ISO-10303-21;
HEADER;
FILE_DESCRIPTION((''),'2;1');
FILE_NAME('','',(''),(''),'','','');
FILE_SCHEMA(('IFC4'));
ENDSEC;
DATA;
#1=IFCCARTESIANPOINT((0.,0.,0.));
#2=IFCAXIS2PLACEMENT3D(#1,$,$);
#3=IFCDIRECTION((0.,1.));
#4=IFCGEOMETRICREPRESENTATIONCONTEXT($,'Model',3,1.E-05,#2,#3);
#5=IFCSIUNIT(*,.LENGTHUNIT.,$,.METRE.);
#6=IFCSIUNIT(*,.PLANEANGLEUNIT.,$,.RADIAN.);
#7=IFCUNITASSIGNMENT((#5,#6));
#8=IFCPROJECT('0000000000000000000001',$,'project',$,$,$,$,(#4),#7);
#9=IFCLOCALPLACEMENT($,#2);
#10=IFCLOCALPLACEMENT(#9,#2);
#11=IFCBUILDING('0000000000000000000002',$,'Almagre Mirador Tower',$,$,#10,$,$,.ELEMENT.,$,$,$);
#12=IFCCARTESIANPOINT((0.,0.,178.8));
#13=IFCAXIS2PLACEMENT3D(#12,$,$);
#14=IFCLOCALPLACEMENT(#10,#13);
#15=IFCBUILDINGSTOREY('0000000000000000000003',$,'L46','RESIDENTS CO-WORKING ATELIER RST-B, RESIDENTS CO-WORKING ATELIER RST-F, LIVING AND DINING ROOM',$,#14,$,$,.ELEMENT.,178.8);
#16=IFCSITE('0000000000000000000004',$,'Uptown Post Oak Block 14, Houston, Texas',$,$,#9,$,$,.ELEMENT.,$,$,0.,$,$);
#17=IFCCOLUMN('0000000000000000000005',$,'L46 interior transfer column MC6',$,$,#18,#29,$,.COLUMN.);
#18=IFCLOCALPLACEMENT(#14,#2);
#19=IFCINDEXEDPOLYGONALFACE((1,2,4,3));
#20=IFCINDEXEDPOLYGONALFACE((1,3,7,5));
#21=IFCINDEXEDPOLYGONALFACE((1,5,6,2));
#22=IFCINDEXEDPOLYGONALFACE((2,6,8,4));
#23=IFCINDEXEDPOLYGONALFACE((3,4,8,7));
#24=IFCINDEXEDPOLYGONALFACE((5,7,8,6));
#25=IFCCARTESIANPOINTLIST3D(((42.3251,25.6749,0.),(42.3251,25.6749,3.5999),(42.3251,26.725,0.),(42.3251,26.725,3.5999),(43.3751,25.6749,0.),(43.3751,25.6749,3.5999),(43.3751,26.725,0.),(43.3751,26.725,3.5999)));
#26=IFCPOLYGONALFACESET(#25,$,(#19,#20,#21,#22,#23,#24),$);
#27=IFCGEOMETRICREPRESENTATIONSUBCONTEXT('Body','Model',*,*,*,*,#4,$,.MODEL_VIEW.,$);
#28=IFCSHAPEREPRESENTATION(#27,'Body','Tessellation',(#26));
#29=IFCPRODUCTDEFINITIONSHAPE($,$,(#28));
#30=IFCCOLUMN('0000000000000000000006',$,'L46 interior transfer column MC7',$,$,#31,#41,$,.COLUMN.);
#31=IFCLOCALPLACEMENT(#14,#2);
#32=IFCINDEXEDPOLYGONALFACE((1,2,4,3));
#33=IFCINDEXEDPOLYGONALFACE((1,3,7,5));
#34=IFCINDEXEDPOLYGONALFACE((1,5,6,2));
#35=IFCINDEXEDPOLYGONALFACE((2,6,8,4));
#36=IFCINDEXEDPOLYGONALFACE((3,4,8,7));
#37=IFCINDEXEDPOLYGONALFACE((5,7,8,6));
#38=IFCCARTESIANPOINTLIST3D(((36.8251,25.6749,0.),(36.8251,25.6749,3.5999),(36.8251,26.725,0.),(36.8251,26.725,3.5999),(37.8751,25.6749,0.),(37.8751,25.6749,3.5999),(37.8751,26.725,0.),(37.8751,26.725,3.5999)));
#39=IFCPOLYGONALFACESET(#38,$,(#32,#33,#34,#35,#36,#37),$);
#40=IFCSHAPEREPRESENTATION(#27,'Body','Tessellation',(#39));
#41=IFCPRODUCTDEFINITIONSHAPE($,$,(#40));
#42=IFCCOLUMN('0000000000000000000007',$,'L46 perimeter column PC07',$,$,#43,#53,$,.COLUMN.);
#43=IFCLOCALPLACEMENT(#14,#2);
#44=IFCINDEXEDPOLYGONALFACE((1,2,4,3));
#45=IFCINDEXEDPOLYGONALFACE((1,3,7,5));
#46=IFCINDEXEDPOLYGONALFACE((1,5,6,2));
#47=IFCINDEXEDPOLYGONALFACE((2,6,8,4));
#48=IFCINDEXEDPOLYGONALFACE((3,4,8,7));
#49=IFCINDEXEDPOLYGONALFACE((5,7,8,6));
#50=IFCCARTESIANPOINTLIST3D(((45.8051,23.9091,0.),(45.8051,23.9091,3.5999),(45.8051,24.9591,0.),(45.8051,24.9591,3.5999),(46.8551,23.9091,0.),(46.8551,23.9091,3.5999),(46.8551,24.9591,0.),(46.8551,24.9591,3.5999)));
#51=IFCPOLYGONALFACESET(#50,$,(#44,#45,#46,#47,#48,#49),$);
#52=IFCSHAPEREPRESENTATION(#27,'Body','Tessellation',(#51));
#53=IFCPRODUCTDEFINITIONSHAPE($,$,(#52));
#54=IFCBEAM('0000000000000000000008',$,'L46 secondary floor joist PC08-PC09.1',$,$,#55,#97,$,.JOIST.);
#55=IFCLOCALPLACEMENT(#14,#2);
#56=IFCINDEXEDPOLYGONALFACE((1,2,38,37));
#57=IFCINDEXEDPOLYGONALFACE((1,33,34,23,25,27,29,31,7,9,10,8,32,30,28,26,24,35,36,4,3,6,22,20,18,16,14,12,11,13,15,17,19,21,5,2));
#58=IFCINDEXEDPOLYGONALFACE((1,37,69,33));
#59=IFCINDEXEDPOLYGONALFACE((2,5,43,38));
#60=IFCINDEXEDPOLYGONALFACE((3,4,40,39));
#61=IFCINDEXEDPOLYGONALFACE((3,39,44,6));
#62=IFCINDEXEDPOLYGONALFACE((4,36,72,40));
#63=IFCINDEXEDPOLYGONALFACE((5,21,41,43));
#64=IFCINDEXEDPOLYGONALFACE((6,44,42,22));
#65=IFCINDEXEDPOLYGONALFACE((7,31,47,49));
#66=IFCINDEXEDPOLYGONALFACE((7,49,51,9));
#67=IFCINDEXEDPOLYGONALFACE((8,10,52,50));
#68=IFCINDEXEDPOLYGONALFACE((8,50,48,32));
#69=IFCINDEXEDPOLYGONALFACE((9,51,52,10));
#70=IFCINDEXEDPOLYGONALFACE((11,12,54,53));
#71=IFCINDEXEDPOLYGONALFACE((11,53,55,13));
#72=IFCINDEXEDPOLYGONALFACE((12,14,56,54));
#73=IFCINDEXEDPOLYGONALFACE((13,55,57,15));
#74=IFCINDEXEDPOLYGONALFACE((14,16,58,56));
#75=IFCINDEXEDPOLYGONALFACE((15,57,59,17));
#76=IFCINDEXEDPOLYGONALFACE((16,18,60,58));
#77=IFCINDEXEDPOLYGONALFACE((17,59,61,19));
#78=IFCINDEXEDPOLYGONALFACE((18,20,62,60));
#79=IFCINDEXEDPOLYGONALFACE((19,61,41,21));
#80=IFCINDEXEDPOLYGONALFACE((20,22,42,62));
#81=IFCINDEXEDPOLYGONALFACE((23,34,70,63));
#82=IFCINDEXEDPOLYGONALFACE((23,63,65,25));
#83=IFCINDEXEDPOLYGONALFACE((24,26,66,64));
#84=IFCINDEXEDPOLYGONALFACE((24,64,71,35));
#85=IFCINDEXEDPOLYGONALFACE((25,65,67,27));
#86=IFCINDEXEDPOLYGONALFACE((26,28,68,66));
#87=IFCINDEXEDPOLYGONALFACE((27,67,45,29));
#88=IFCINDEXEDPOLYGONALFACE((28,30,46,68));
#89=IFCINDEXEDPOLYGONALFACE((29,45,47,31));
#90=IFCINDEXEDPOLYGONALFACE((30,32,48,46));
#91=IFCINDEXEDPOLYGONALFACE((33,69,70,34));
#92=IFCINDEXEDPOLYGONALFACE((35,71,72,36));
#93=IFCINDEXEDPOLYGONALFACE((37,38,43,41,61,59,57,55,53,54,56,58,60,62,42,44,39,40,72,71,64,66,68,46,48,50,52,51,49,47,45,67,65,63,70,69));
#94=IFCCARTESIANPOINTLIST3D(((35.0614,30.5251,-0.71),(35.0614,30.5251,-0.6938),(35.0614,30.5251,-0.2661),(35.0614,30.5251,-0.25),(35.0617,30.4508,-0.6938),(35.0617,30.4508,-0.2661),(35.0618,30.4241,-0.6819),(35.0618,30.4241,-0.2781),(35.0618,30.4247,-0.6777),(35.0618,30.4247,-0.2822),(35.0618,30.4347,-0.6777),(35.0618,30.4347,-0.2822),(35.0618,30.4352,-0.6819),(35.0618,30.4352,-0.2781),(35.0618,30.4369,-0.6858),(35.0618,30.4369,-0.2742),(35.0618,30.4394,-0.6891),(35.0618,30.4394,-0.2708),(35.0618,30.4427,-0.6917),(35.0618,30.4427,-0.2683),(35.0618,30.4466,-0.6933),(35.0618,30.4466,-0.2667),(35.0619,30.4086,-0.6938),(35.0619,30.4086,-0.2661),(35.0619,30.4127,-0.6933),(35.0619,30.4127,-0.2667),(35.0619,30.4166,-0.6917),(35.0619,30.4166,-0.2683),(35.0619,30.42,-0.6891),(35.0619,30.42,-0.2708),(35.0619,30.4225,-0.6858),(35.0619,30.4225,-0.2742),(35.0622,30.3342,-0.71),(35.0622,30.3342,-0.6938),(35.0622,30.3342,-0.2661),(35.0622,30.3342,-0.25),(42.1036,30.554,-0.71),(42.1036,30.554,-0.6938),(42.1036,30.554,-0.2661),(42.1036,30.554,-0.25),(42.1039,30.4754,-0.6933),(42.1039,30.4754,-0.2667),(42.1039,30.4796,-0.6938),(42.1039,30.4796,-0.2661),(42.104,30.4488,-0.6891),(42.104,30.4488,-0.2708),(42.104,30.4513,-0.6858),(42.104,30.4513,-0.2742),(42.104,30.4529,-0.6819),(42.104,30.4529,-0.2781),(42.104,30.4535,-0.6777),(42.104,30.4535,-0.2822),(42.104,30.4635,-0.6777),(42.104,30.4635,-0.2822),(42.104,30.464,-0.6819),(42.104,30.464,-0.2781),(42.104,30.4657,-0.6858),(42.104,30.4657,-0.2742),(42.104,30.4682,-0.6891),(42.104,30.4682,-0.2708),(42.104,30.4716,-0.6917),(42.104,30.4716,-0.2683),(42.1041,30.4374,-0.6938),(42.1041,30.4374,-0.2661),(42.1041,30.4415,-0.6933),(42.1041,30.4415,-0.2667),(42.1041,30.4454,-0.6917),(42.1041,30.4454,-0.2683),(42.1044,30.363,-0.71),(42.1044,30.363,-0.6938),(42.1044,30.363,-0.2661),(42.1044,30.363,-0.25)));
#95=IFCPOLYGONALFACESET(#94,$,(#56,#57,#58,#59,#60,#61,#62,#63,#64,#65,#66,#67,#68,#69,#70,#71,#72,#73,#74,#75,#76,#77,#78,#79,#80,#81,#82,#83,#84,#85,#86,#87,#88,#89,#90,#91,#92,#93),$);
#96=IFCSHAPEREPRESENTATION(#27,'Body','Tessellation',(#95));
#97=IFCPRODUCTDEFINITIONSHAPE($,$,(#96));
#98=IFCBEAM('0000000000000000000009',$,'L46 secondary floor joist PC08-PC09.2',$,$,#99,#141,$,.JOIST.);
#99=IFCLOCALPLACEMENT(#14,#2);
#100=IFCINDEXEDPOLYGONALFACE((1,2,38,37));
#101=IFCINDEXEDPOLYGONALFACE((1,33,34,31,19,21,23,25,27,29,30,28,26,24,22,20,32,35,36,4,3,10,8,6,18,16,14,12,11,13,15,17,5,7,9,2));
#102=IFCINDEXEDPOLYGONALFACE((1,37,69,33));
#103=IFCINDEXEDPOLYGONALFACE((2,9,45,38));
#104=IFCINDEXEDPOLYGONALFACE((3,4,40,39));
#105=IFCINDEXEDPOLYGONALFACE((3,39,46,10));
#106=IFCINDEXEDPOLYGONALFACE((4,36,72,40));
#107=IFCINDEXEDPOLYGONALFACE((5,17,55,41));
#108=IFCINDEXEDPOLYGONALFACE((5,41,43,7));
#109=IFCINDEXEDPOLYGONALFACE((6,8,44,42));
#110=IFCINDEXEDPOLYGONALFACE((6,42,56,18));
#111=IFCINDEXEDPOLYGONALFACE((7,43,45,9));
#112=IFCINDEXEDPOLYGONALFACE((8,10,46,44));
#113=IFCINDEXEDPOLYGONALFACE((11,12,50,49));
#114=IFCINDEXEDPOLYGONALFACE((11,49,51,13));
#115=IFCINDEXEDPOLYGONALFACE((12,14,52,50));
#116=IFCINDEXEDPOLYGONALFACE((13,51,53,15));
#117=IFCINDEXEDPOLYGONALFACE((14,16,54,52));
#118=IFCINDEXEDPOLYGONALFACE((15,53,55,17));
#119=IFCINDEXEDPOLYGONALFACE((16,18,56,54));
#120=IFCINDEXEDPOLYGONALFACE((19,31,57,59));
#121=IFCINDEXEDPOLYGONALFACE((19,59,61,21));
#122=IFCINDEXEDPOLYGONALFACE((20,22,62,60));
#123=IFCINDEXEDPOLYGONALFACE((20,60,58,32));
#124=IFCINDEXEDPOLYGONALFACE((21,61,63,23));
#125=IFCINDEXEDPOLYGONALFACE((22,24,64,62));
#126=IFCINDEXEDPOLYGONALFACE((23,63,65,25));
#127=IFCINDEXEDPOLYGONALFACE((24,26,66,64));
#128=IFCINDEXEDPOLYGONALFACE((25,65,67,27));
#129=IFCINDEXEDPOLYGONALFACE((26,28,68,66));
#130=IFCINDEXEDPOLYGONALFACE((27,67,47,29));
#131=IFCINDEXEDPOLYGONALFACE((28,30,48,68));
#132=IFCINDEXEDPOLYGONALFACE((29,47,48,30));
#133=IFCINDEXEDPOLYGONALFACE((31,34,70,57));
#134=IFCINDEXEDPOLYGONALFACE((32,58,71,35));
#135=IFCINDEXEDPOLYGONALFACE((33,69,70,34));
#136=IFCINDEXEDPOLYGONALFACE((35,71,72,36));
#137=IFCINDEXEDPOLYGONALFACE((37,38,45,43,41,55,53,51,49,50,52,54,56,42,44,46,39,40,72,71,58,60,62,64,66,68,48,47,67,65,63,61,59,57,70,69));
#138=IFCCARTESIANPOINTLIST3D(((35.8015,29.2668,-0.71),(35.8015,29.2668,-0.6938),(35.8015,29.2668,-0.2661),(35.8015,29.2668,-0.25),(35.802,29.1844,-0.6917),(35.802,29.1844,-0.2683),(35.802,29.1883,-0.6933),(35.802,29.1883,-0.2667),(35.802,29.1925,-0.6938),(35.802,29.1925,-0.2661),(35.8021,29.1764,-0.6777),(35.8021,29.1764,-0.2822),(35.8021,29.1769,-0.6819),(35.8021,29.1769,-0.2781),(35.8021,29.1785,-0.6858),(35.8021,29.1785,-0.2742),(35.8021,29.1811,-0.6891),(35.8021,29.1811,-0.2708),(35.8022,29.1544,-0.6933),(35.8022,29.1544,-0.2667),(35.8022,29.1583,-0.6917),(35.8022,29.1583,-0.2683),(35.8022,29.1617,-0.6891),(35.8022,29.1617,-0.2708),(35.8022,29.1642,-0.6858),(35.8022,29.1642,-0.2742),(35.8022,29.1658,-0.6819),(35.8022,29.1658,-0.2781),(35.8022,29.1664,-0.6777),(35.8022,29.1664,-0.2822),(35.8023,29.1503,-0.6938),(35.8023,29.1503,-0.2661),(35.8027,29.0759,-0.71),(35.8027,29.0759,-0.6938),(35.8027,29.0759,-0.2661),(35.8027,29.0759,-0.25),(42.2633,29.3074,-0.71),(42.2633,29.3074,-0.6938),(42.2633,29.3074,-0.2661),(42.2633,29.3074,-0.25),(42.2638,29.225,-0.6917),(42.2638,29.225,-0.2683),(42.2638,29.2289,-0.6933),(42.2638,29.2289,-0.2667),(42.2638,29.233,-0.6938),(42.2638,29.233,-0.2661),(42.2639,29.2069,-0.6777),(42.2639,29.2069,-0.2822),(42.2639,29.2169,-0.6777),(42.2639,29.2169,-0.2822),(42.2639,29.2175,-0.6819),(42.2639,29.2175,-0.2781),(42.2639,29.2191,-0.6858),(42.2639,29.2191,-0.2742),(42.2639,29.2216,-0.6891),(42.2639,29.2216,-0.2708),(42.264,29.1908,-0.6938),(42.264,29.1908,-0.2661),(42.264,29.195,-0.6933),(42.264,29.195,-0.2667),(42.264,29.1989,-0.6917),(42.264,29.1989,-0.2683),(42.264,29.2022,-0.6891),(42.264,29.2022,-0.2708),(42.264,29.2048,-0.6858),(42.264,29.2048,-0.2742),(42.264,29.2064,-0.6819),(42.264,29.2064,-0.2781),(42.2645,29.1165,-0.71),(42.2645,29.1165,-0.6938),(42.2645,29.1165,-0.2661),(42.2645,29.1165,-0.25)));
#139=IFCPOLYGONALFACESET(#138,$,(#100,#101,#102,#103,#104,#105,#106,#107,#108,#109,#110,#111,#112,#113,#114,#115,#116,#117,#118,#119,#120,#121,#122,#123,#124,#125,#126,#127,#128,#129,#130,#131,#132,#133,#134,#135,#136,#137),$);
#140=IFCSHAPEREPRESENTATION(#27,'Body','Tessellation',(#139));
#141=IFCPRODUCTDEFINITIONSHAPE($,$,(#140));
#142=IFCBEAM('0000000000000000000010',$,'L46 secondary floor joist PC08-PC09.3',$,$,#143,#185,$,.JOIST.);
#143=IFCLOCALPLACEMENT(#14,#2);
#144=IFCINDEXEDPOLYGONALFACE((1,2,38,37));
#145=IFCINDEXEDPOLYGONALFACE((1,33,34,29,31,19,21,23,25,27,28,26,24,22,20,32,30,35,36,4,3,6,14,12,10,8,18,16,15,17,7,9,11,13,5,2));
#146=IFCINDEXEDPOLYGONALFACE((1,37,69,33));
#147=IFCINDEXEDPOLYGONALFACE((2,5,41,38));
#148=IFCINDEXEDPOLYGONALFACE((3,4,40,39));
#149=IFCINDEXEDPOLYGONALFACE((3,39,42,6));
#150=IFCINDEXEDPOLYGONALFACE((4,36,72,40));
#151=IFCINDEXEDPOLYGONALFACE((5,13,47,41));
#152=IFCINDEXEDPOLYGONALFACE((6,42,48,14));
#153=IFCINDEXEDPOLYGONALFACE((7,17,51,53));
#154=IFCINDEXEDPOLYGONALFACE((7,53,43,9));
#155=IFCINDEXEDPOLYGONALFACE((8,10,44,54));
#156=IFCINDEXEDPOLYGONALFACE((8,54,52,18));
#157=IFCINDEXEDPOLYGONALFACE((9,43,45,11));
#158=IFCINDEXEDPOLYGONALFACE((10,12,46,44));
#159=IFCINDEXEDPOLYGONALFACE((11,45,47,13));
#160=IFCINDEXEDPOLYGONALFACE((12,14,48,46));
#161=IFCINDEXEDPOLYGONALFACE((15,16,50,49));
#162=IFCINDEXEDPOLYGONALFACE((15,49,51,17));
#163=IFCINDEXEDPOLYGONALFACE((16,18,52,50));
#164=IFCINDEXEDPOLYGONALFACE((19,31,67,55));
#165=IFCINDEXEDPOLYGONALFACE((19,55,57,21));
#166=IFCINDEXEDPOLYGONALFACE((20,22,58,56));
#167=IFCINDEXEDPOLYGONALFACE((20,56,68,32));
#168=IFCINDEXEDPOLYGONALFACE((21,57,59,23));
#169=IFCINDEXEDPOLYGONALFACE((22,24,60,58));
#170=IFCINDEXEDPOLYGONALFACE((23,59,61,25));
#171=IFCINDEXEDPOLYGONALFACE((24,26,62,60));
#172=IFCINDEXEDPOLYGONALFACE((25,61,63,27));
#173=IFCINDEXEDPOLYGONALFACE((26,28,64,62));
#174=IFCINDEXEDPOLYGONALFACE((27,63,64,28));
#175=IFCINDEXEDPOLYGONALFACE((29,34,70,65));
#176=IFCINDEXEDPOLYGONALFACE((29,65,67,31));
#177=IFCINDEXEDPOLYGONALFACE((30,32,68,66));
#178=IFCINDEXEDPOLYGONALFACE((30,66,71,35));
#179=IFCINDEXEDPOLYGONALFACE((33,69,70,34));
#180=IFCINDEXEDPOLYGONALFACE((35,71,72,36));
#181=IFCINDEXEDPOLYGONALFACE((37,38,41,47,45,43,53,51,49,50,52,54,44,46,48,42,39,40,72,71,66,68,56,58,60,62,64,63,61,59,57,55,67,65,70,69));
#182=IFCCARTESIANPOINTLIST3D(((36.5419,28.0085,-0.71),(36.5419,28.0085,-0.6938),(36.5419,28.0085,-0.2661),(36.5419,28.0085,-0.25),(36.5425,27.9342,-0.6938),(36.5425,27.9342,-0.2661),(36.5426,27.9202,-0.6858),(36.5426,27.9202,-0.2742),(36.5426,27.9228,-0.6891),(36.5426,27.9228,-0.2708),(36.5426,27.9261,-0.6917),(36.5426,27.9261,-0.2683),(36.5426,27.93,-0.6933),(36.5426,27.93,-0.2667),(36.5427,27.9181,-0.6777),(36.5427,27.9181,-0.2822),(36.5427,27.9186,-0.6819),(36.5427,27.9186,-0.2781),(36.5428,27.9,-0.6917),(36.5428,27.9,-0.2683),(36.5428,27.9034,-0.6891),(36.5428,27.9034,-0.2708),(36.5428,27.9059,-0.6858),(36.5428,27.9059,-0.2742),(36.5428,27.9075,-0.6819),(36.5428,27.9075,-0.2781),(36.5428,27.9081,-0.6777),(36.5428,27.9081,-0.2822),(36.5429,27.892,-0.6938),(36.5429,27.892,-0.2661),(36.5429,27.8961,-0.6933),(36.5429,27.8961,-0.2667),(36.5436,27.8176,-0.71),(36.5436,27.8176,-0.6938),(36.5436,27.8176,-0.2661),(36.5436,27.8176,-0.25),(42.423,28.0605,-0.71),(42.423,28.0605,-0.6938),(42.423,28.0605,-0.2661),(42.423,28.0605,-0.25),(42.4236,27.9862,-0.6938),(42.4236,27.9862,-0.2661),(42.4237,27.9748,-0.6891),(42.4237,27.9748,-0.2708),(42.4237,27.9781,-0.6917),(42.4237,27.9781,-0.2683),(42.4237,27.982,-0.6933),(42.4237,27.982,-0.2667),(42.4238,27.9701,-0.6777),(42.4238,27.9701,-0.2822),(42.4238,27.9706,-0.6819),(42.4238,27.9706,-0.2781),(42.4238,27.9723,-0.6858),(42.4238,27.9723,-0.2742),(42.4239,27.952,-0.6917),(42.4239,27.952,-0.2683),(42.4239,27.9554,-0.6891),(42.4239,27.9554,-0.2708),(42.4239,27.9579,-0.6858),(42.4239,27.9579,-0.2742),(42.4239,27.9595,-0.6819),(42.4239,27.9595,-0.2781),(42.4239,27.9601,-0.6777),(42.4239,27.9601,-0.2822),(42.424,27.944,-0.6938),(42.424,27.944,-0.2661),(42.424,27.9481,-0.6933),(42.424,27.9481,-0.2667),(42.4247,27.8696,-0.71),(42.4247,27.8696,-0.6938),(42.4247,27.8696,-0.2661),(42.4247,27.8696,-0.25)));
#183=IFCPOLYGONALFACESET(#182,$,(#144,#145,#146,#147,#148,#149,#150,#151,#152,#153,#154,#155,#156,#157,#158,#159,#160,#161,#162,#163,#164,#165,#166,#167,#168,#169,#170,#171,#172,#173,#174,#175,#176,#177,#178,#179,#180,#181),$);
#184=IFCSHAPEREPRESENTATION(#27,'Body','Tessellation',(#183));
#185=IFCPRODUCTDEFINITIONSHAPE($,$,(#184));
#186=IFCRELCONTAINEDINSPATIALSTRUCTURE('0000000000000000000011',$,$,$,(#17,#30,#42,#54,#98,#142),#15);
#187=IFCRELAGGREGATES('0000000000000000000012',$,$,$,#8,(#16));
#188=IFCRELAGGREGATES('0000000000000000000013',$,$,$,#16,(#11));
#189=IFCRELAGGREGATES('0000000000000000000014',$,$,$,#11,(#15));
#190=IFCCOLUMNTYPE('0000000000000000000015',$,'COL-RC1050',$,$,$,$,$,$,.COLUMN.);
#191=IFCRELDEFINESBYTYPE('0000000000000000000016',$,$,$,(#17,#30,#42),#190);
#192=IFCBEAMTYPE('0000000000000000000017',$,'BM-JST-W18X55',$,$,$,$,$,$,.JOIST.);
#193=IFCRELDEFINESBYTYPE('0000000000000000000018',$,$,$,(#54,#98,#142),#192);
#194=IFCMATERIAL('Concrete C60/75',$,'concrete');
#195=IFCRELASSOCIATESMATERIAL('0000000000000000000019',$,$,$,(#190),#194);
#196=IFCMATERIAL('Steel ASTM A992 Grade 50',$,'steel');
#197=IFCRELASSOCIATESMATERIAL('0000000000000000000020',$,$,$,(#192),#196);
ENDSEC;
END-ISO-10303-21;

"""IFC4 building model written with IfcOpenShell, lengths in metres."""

from ifc_helpers import new_model, si_unit, direction, frame, origin, origin_2d, place, context, subcontext, project, spatial, rectangle, i_section, extrude, material, material_profile, profile_set, type_object, element, save


model = new_model("IFC4")

# Units and contexts
model_context = context("Model", 3, precision=1e-05, world=origin(), true_north=direction((0.0, 1.0)))
body_context = subcontext(model_context, "Body", "Model", "MODEL_VIEW")
ifc_project = project(units=[si_unit("LENGTHUNIT", "METRE"), si_unit("PLANEANGLEUNIT", "RADIAN")], contexts=[model_context])

# Site, building, storey
site_placement = place(None, origin())
site = spatial("IfcSite", under=ifc_project, at=site_placement, Name="Uptown Post Oak Block 14, Houston, Texas", CompositionType="ELEMENT", RefElevation=0.0)
building_placement = place(site_placement, origin())
building = spatial("IfcBuilding", under=site, at=building_placement, Name="Almagre Mirador Tower", CompositionType="ELEMENT")
storey_placement = place(building_placement, frame((0.0, 0.0, 178.8)))
storey = spatial("IfcBuildingStorey", under=building, at=storey_placement, Name="L46", Description="RESIDENTS CO-WORKING ATELIER RST-B, RESIDENTS CO-WORKING ATELIER RST-F, LIVING AND DINING ROOM", CompositionType="ELEMENT", Elevation=178.8)

# Columns
ifc_material_1 = material(Name="Concrete C60/75", Category="concrete")
ifc_material_profile_1 = material_profile(ifc_material_1, rectangle(XDim=1.05, YDim=1.05, at=origin_2d()), Name="RC1050X1050")
ifc_profile_set_1 = profile_set([ifc_material_profile_1], Name="Concrete C60/75")
column_type = type_object("IfcColumnType", Name="COL-RC1050", PredefinedType="COLUMN", material=ifc_profile_set_1)
for number, where, z_axis, x_axis, name in (
    (1, (42.8501, 26.2, 0.0), (0.0, 0.0, 1.0), (1.0, 0.0, 0.0), "L46 interior transfer column MC6"),
    (2, (37.3501, 26.2, 0.0), (0.0, 0.0, 1.0), (1.0, 0.0, 0.0), "L46 interior transfer column MC7"),
    (3, (46.3301, 24.4341, 0.0), (0.0, 0.0, 1.0), (1.0, 0.0, 0.0), "L46 perimeter column PC07"),
):
    element("IfcColumn", number, at=place(storey_placement, frame(where, z_axis=z_axis, x_axis=x_axis)), inside=storey, type_object=column_type, Name=name, PredefinedType="COLUMN", context=body_context, shape_type="SweptSolid", body=[
        extrude(rectangle(XDim=1.05, YDim=1.05, at=origin_2d()), origin(), (0.0, 0.0, 1.0), 3.5999),
    ])

# Beams
ifc_material_2 = material(Name="Steel ASTM A992 Grade 50", Category="steel")
ifc_material_profile_2 = material_profile(ifc_material_2, i_section(OverallWidth=0.1909, OverallDepth=0.46, WebThickness=0.01, FlangeThickness=0.0161, FilletRadius=0.0161, at=origin_2d()), Name="W18X55")
ifc_profile_set_2 = profile_set([ifc_material_profile_2], Name="Steel ASTM A992 Grade 50")
beam_type_1 = type_object("IfcBeamType", Name="BM-JST-W18X55", PredefinedType="JOIST", material=ifc_profile_set_2)
beam_1_placement = place(storey_placement, frame((42.104, 30.4585, -0.48), z_axis=(-0.999992, -0.004091, 0.0), x_axis=(0.004091, -0.999992, 0.0)))
element("IfcBeam", 4, at=beam_1_placement, inside=storey, type_object=beam_type_1, Name="L46 secondary floor joist PC08-PC09.1", PredefinedType="JOIST", context=body_context, shape_type="SweptSolid", body=[
    extrude(i_section(OverallWidth=0.1909, OverallDepth=0.46, WebThickness=0.01, FlangeThickness=0.0161, FilletRadius=0.0161, at=origin_2d()), origin(), (0.0, 0.0, 1.0), 7.0422),
])
beam_2_placement = place(storey_placement, frame((42.2639, 29.2119, -0.48), z_axis=(-0.99998, -0.006272, 0.0), x_axis=(0.006272, -0.99998, 0.0)))
element("IfcBeam", 5, at=beam_2_placement, inside=storey, type_object=beam_type_1, Name="L46 secondary floor joist PC08-PC09.2", PredefinedType="JOIST", context=body_context, shape_type="SweptSolid", body=[
    extrude(i_section(OverallWidth=0.1909, OverallDepth=0.46, WebThickness=0.01, FlangeThickness=0.0161, FilletRadius=0.0161, at=origin_2d()), origin(), (0.0, 0.0, 1.0), 6.4619),
])
beam_3_placement = place(storey_placement, frame((42.4238, 27.9651, -0.48), z_axis=(-0.999961, -0.008842, 0.0), x_axis=(0.008842, -0.999961, 0.0)))
element("IfcBeam", 6, at=beam_3_placement, inside=storey, type_object=beam_type_1, Name="L46 secondary floor joist PC08-PC09.3", PredefinedType="JOIST", context=body_context, shape_type="SweptSolid", body=[
    extrude(i_section(OverallWidth=0.1909, OverallDepth=0.46, WebThickness=0.01, FlangeThickness=0.0161, FilletRadius=0.0161, at=origin_2d()), origin(), (0.0, 0.0, 1.0), 5.8813),
])

save(model, "model.ifc")
